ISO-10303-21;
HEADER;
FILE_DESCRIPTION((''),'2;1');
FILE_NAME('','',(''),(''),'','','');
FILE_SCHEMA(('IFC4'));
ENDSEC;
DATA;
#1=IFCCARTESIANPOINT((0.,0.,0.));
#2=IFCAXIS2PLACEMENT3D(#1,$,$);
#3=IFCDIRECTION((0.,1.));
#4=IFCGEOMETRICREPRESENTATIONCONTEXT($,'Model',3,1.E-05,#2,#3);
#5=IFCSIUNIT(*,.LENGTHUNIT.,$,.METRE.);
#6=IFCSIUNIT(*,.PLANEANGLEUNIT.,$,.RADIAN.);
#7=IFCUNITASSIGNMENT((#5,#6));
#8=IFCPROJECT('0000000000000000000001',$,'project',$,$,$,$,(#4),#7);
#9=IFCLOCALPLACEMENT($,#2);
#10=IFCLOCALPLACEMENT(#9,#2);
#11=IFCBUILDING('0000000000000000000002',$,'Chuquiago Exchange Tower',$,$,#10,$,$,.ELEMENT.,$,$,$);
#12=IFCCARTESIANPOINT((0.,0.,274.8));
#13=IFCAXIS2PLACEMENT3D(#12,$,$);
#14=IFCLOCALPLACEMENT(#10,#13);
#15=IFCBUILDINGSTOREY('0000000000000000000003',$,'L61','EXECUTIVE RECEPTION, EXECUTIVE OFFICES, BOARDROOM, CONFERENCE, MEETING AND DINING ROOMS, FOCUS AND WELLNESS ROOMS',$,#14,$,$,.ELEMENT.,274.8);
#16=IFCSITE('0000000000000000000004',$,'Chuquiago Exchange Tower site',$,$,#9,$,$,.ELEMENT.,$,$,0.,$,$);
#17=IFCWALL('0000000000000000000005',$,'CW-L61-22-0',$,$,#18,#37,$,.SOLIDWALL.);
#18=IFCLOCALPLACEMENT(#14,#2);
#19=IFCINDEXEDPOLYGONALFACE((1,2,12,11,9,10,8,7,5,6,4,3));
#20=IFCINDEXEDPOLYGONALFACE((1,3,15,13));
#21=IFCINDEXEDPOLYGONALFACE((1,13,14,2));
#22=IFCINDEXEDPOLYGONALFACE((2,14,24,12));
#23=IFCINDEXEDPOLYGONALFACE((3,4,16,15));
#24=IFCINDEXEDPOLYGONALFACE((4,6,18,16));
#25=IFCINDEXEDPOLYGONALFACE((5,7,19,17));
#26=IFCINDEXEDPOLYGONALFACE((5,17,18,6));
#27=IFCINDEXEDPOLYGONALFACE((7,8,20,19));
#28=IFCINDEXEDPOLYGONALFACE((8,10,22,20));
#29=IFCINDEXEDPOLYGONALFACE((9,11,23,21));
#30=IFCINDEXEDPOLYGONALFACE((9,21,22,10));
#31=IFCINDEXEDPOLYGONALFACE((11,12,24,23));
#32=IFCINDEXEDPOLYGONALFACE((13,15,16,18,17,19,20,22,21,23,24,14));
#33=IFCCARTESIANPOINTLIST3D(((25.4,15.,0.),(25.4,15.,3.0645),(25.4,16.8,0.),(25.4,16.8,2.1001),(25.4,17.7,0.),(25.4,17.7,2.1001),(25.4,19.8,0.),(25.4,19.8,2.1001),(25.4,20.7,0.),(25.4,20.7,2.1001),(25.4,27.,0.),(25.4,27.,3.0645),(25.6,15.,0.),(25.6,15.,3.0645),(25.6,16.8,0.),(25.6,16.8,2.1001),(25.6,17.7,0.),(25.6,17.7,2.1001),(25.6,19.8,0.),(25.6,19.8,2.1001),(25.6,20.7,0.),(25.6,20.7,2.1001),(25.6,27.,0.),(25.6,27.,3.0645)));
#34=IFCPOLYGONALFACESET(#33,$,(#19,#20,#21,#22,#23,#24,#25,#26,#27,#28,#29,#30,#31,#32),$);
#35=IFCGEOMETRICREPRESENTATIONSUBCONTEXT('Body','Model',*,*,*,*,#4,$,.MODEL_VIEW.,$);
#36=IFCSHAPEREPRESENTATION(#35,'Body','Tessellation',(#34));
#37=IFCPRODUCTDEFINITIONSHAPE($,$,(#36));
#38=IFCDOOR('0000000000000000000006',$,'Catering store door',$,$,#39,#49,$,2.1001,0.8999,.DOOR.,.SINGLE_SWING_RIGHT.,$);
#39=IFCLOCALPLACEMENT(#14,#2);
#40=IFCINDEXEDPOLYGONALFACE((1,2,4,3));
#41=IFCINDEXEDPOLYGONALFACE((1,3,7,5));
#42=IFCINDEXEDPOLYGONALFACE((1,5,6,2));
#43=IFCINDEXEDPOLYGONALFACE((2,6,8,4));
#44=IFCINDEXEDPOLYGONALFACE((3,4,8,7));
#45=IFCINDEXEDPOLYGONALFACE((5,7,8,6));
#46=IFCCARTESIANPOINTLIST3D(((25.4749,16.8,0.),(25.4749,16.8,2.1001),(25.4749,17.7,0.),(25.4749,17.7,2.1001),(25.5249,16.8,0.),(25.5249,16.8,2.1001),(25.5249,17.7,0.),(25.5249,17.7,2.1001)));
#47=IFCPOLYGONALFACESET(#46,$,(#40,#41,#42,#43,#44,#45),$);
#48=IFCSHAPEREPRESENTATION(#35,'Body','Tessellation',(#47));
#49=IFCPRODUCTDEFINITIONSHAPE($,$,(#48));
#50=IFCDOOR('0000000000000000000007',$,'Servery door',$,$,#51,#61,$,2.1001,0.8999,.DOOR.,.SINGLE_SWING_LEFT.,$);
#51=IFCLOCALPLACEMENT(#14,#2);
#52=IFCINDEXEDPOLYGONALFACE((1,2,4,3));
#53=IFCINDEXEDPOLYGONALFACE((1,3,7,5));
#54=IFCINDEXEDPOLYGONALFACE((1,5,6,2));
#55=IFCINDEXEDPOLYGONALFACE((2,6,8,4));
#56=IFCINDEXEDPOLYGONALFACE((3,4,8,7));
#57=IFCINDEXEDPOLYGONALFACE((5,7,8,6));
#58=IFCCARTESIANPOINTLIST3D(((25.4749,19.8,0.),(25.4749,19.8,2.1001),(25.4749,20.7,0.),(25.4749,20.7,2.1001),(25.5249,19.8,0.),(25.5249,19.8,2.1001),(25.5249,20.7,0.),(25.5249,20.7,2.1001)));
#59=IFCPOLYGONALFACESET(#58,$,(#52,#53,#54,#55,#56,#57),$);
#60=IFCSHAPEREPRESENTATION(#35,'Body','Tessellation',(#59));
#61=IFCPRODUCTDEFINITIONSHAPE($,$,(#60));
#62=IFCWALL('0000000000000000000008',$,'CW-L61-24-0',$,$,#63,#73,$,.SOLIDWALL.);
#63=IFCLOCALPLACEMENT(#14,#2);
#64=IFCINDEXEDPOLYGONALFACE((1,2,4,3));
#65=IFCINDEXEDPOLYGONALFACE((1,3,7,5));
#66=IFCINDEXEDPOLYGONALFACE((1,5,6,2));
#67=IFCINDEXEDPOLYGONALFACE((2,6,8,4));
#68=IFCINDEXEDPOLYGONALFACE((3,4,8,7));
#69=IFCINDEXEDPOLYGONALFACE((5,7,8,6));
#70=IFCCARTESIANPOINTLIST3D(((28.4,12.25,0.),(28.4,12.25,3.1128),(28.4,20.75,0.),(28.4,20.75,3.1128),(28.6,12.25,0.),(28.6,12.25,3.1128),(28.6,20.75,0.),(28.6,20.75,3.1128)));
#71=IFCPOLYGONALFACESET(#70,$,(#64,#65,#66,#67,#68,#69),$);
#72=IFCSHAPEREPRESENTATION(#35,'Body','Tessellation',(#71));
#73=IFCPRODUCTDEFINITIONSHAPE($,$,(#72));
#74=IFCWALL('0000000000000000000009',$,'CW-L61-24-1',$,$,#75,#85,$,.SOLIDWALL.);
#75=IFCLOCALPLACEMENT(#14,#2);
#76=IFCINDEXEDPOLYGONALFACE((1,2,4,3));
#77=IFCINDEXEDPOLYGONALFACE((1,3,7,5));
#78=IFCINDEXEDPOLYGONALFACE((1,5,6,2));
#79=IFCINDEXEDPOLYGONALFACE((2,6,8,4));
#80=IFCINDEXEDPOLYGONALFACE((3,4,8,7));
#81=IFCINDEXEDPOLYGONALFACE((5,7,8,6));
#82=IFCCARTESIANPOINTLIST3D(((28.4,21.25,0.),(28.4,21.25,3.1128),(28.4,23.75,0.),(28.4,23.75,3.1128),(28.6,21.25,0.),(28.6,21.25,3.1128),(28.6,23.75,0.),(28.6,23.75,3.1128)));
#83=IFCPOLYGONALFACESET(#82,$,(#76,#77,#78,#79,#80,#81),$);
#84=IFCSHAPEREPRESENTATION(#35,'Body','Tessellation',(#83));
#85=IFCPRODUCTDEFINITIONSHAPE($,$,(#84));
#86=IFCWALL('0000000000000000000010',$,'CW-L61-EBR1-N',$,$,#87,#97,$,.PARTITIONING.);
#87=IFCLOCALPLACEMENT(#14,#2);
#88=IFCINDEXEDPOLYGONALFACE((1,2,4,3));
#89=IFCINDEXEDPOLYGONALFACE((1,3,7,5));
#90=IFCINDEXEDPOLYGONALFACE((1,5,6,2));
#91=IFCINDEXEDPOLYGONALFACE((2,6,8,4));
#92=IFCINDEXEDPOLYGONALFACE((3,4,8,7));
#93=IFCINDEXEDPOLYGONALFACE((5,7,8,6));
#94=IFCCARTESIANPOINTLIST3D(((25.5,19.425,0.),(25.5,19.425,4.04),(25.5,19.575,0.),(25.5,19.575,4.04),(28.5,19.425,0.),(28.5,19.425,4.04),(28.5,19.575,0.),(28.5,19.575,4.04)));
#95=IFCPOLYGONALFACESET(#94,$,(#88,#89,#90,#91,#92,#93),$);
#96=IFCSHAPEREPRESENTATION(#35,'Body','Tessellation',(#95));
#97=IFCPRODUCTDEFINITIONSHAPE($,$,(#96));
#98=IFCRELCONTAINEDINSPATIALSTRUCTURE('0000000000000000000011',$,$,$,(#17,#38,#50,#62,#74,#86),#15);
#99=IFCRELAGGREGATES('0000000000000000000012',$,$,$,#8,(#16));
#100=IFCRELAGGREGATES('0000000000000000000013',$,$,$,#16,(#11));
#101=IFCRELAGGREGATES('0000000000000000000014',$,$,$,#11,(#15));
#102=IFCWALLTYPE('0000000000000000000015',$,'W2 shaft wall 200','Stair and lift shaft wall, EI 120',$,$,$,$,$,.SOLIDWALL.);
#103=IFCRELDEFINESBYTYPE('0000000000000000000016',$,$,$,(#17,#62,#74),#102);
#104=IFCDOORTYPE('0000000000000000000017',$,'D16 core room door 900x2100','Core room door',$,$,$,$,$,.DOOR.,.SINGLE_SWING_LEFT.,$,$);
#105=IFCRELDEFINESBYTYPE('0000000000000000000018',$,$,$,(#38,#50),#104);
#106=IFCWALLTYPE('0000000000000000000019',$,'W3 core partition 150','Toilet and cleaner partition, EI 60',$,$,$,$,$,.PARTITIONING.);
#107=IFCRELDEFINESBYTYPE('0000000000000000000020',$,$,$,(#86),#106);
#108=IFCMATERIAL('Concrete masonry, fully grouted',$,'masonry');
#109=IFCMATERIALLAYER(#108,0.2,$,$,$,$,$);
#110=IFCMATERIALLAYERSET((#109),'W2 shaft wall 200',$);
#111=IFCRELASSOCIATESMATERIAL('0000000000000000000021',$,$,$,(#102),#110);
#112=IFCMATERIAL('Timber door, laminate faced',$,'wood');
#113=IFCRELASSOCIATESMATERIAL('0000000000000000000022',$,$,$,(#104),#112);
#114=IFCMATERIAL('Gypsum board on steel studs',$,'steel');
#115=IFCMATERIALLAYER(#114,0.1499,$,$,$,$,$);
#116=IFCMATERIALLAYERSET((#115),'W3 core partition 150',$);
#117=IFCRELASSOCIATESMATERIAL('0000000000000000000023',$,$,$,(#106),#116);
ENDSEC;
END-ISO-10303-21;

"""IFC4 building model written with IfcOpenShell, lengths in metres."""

from ifc_helpers import new_model, si_unit, direction, frame, frame_2d, origin, place, context, subcontext, project, spatial, rectangle, extrude, material, layer, layer_set, type_object, element, fill, save


model = new_model("IFC4")

# Units and contexts
model_context = context("Model", 3, precision=1e-05, world=origin(), true_north=direction((0.0, 1.0)))
body_context = subcontext(model_context, "Body", "Model", "MODEL_VIEW")
ifc_project = project(units=[si_unit("LENGTHUNIT", "METRE"), si_unit("PLANEANGLEUNIT", "RADIAN")], contexts=[model_context])

# Site, building, storey
site_placement = place(None, origin())
site = spatial("IfcSite", under=ifc_project, at=site_placement, Name="Chuquiago Exchange Tower site", CompositionType="ELEMENT", RefElevation=0.0)
building_placement = place(site_placement, origin())
building = spatial("IfcBuilding", under=site, at=building_placement, Name="Chuquiago Exchange Tower", CompositionType="ELEMENT")
storey_placement = place(building_placement, frame((0.0, 0.0, 274.8)))
storey = spatial("IfcBuildingStorey", under=building, at=storey_placement, Name="L61", Description="EXECUTIVE RECEPTION, EXECUTIVE OFFICES, BOARDROOM, CONFERENCE, MEETING AND DINING ROOMS, FOCUS AND WELLNESS ROOMS", CompositionType="ELEMENT", Elevation=274.8)

# Shared definitions
ifc_material_1 = material(Name="Concrete masonry, fully grouted", Category="masonry")
ifc_layer_1 = layer(ifc_material_1, 0.2)
ifc_layer_set_1 = layer_set([ifc_layer_1], Name="W2 shaft wall 200")
wall_type_1 = type_object("IfcWallType", Name="W2 shaft wall 200", Description="Stair and lift shaft wall, EI 120", PredefinedType="SOLIDWALL", material=ifc_layer_set_1)

# Wall, openings, doors
wall_1_placement = place(storey_placement, frame((25.5, 15.0, 0.0), z_axis=(0.0, 0.0, 1.0), x_axis=(0.0, 1.0, 0.0)))
wall_1 = element("IfcWall", 1, at=wall_1_placement, inside=storey, type_object=wall_type_1, Name="CW-L61-22-0", PredefinedType="SOLIDWALL", context=body_context, shape_type="SweptSolid", body=[
    extrude(rectangle(XDim=12.0, YDim=0.2, at=frame_2d((6.0, 0.0))), origin(), (0.0, 0.0, 1.0), 3.0645),
])
opening_1_placement = place(wall_1_placement, frame((1.8, 0.0, 0.0)))
opening_1 = element("IfcOpeningElement", 2, at=opening_1_placement, cuts=wall_1, PredefinedType="OPENING", context=body_context, shape_type="SweptSolid", body=[
    extrude(rectangle(XDim=0.8999, YDim=2.1001, at=frame_2d((0.45, 1.05))), frame((0.0, 0.1099, 0.0), z_axis=(0.0, -1.0, 0.0), x_axis=(1.0, 0.0, 0.0)), (0.0, 0.0, 1.0), 0.22),
])
opening_2_placement = place(wall_1_placement, frame((4.8, 0.0, 0.0)))
opening_2 = element("IfcOpeningElement", 3, at=opening_2_placement, cuts=wall_1, PredefinedType="OPENING", context=body_context, shape_type="SweptSolid", body=[
    extrude(rectangle(XDim=0.8999, YDim=2.1001, at=frame_2d((0.45, 1.05))), frame((0.0, 0.1099, 0.0), z_axis=(0.0, -1.0, 0.0), x_axis=(1.0, 0.0, 0.0)), (0.0, 0.0, 1.0), 0.22),
])
ifc_material_2 = material(Name="Timber door, laminate faced", Category="wood")
door_type_1 = type_object("IfcDoorType", Name="D16 core room door 900x2100", Description="Core room door", OperationType="SINGLE_SWING_LEFT", PredefinedType="DOOR", material=ifc_material_2)
door_1_placement = place(opening_1_placement, frame((0.8999, 0.0, 0.0), z_axis=(0.0, 0.0, 1.0), x_axis=(-1.0, 0.0, 0.0)))
door_1 = element("IfcDoor", 4, at=door_1_placement, inside=storey, type_object=door_type_1, Name="Catering store door", OperationType="SINGLE_SWING_RIGHT", OverallHeight=2.1001, OverallWidth=0.8999, PredefinedType="DOOR", context=body_context, shape_type="SweptSolid", body=[
    extrude(rectangle(XDim=0.8999, YDim=2.1001, at=frame_2d((0.45, 1.05))), frame((0.0, 0.0249, 0.0), z_axis=(0.0, -1.0, 0.0), x_axis=(1.0, 0.0, 0.0)), (0.0, 0.0, 1.0), 0.05),
])
fill(opening_1, door_1)
door_2_placement = place(opening_2_placement, frame((0.8999, 0.0, 0.0), z_axis=(0.0, 0.0, 1.0), x_axis=(-1.0, 0.0, 0.0)))
door_2 = element("IfcDoor", 5, at=door_2_placement, inside=storey, type_object=door_type_1, Name="Servery door", OperationType="SINGLE_SWING_LEFT", OverallHeight=2.1001, OverallWidth=0.8999, PredefinedType="DOOR", context=body_context, shape_type="SweptSolid", body=[
    extrude(rectangle(XDim=0.8999, YDim=2.1001, at=frame_2d((0.45, 1.05))), frame((0.0, 0.0249, 0.0), z_axis=(0.0, -1.0, 0.0), x_axis=(1.0, 0.0, 0.0)), (0.0, 0.0, 1.0), 0.05),
])
fill(opening_2, door_2)

# Walls
wall_2_placement = place(storey_placement, frame((28.5, 12.25, 0.0), z_axis=(0.0, 0.0, 1.0), x_axis=(0.0, 1.0, 0.0)))
element("IfcWall", 6, at=wall_2_placement, inside=storey, type_object=wall_type_1, Name="CW-L61-24-0", PredefinedType="SOLIDWALL", context=body_context, shape_type="SweptSolid", body=[
    extrude(rectangle(XDim=8.5, YDim=0.2, at=frame_2d((4.25, 0.0))), origin(), (0.0, 0.0, 1.0), 3.1128),
])
wall_3_placement = place(storey_placement, frame((28.5, 21.25, 0.0), z_axis=(0.0, 0.0, 1.0), x_axis=(0.0, 1.0, 0.0)))
element("IfcWall", 7, at=wall_3_placement, inside=storey, type_object=wall_type_1, Name="CW-L61-24-1", PredefinedType="SOLIDWALL", context=body_context, shape_type="SweptSolid", body=[
    extrude(rectangle(XDim=2.5, YDim=0.2, at=frame_2d((1.25, 0.0))), origin(), (0.0, 0.0, 1.0), 3.1128),
])
ifc_material_3 = material(Name="Gypsum board on steel studs", Category="steel")
ifc_layer_2 = layer(ifc_material_3, 0.1499)
ifc_layer_set_2 = layer_set([ifc_layer_2], Name="W3 core partition 150")
wall_type_2 = type_object("IfcWallType", Name="W3 core partition 150", Description="Toilet and cleaner partition, EI 60", PredefinedType="PARTITIONING", material=ifc_layer_set_2)
wall_4_placement = place(storey_placement, frame((25.5, 19.5, 0.0), z_axis=(0.0, 0.0, 1.0), x_axis=(1.0, 0.0, 0.0)))
element("IfcWall", 8, at=wall_4_placement, inside=storey, type_object=wall_type_2, Name="CW-L61-EBR1-N", PredefinedType="PARTITIONING", context=body_context, shape_type="SweptSolid", body=[
    extrude(rectangle(XDim=3.0, YDim=0.1499, at=frame_2d((1.5, 0.0))), origin(), (0.0, 0.0, 1.0), 4.04),
])

save(model, "model.ifc")
